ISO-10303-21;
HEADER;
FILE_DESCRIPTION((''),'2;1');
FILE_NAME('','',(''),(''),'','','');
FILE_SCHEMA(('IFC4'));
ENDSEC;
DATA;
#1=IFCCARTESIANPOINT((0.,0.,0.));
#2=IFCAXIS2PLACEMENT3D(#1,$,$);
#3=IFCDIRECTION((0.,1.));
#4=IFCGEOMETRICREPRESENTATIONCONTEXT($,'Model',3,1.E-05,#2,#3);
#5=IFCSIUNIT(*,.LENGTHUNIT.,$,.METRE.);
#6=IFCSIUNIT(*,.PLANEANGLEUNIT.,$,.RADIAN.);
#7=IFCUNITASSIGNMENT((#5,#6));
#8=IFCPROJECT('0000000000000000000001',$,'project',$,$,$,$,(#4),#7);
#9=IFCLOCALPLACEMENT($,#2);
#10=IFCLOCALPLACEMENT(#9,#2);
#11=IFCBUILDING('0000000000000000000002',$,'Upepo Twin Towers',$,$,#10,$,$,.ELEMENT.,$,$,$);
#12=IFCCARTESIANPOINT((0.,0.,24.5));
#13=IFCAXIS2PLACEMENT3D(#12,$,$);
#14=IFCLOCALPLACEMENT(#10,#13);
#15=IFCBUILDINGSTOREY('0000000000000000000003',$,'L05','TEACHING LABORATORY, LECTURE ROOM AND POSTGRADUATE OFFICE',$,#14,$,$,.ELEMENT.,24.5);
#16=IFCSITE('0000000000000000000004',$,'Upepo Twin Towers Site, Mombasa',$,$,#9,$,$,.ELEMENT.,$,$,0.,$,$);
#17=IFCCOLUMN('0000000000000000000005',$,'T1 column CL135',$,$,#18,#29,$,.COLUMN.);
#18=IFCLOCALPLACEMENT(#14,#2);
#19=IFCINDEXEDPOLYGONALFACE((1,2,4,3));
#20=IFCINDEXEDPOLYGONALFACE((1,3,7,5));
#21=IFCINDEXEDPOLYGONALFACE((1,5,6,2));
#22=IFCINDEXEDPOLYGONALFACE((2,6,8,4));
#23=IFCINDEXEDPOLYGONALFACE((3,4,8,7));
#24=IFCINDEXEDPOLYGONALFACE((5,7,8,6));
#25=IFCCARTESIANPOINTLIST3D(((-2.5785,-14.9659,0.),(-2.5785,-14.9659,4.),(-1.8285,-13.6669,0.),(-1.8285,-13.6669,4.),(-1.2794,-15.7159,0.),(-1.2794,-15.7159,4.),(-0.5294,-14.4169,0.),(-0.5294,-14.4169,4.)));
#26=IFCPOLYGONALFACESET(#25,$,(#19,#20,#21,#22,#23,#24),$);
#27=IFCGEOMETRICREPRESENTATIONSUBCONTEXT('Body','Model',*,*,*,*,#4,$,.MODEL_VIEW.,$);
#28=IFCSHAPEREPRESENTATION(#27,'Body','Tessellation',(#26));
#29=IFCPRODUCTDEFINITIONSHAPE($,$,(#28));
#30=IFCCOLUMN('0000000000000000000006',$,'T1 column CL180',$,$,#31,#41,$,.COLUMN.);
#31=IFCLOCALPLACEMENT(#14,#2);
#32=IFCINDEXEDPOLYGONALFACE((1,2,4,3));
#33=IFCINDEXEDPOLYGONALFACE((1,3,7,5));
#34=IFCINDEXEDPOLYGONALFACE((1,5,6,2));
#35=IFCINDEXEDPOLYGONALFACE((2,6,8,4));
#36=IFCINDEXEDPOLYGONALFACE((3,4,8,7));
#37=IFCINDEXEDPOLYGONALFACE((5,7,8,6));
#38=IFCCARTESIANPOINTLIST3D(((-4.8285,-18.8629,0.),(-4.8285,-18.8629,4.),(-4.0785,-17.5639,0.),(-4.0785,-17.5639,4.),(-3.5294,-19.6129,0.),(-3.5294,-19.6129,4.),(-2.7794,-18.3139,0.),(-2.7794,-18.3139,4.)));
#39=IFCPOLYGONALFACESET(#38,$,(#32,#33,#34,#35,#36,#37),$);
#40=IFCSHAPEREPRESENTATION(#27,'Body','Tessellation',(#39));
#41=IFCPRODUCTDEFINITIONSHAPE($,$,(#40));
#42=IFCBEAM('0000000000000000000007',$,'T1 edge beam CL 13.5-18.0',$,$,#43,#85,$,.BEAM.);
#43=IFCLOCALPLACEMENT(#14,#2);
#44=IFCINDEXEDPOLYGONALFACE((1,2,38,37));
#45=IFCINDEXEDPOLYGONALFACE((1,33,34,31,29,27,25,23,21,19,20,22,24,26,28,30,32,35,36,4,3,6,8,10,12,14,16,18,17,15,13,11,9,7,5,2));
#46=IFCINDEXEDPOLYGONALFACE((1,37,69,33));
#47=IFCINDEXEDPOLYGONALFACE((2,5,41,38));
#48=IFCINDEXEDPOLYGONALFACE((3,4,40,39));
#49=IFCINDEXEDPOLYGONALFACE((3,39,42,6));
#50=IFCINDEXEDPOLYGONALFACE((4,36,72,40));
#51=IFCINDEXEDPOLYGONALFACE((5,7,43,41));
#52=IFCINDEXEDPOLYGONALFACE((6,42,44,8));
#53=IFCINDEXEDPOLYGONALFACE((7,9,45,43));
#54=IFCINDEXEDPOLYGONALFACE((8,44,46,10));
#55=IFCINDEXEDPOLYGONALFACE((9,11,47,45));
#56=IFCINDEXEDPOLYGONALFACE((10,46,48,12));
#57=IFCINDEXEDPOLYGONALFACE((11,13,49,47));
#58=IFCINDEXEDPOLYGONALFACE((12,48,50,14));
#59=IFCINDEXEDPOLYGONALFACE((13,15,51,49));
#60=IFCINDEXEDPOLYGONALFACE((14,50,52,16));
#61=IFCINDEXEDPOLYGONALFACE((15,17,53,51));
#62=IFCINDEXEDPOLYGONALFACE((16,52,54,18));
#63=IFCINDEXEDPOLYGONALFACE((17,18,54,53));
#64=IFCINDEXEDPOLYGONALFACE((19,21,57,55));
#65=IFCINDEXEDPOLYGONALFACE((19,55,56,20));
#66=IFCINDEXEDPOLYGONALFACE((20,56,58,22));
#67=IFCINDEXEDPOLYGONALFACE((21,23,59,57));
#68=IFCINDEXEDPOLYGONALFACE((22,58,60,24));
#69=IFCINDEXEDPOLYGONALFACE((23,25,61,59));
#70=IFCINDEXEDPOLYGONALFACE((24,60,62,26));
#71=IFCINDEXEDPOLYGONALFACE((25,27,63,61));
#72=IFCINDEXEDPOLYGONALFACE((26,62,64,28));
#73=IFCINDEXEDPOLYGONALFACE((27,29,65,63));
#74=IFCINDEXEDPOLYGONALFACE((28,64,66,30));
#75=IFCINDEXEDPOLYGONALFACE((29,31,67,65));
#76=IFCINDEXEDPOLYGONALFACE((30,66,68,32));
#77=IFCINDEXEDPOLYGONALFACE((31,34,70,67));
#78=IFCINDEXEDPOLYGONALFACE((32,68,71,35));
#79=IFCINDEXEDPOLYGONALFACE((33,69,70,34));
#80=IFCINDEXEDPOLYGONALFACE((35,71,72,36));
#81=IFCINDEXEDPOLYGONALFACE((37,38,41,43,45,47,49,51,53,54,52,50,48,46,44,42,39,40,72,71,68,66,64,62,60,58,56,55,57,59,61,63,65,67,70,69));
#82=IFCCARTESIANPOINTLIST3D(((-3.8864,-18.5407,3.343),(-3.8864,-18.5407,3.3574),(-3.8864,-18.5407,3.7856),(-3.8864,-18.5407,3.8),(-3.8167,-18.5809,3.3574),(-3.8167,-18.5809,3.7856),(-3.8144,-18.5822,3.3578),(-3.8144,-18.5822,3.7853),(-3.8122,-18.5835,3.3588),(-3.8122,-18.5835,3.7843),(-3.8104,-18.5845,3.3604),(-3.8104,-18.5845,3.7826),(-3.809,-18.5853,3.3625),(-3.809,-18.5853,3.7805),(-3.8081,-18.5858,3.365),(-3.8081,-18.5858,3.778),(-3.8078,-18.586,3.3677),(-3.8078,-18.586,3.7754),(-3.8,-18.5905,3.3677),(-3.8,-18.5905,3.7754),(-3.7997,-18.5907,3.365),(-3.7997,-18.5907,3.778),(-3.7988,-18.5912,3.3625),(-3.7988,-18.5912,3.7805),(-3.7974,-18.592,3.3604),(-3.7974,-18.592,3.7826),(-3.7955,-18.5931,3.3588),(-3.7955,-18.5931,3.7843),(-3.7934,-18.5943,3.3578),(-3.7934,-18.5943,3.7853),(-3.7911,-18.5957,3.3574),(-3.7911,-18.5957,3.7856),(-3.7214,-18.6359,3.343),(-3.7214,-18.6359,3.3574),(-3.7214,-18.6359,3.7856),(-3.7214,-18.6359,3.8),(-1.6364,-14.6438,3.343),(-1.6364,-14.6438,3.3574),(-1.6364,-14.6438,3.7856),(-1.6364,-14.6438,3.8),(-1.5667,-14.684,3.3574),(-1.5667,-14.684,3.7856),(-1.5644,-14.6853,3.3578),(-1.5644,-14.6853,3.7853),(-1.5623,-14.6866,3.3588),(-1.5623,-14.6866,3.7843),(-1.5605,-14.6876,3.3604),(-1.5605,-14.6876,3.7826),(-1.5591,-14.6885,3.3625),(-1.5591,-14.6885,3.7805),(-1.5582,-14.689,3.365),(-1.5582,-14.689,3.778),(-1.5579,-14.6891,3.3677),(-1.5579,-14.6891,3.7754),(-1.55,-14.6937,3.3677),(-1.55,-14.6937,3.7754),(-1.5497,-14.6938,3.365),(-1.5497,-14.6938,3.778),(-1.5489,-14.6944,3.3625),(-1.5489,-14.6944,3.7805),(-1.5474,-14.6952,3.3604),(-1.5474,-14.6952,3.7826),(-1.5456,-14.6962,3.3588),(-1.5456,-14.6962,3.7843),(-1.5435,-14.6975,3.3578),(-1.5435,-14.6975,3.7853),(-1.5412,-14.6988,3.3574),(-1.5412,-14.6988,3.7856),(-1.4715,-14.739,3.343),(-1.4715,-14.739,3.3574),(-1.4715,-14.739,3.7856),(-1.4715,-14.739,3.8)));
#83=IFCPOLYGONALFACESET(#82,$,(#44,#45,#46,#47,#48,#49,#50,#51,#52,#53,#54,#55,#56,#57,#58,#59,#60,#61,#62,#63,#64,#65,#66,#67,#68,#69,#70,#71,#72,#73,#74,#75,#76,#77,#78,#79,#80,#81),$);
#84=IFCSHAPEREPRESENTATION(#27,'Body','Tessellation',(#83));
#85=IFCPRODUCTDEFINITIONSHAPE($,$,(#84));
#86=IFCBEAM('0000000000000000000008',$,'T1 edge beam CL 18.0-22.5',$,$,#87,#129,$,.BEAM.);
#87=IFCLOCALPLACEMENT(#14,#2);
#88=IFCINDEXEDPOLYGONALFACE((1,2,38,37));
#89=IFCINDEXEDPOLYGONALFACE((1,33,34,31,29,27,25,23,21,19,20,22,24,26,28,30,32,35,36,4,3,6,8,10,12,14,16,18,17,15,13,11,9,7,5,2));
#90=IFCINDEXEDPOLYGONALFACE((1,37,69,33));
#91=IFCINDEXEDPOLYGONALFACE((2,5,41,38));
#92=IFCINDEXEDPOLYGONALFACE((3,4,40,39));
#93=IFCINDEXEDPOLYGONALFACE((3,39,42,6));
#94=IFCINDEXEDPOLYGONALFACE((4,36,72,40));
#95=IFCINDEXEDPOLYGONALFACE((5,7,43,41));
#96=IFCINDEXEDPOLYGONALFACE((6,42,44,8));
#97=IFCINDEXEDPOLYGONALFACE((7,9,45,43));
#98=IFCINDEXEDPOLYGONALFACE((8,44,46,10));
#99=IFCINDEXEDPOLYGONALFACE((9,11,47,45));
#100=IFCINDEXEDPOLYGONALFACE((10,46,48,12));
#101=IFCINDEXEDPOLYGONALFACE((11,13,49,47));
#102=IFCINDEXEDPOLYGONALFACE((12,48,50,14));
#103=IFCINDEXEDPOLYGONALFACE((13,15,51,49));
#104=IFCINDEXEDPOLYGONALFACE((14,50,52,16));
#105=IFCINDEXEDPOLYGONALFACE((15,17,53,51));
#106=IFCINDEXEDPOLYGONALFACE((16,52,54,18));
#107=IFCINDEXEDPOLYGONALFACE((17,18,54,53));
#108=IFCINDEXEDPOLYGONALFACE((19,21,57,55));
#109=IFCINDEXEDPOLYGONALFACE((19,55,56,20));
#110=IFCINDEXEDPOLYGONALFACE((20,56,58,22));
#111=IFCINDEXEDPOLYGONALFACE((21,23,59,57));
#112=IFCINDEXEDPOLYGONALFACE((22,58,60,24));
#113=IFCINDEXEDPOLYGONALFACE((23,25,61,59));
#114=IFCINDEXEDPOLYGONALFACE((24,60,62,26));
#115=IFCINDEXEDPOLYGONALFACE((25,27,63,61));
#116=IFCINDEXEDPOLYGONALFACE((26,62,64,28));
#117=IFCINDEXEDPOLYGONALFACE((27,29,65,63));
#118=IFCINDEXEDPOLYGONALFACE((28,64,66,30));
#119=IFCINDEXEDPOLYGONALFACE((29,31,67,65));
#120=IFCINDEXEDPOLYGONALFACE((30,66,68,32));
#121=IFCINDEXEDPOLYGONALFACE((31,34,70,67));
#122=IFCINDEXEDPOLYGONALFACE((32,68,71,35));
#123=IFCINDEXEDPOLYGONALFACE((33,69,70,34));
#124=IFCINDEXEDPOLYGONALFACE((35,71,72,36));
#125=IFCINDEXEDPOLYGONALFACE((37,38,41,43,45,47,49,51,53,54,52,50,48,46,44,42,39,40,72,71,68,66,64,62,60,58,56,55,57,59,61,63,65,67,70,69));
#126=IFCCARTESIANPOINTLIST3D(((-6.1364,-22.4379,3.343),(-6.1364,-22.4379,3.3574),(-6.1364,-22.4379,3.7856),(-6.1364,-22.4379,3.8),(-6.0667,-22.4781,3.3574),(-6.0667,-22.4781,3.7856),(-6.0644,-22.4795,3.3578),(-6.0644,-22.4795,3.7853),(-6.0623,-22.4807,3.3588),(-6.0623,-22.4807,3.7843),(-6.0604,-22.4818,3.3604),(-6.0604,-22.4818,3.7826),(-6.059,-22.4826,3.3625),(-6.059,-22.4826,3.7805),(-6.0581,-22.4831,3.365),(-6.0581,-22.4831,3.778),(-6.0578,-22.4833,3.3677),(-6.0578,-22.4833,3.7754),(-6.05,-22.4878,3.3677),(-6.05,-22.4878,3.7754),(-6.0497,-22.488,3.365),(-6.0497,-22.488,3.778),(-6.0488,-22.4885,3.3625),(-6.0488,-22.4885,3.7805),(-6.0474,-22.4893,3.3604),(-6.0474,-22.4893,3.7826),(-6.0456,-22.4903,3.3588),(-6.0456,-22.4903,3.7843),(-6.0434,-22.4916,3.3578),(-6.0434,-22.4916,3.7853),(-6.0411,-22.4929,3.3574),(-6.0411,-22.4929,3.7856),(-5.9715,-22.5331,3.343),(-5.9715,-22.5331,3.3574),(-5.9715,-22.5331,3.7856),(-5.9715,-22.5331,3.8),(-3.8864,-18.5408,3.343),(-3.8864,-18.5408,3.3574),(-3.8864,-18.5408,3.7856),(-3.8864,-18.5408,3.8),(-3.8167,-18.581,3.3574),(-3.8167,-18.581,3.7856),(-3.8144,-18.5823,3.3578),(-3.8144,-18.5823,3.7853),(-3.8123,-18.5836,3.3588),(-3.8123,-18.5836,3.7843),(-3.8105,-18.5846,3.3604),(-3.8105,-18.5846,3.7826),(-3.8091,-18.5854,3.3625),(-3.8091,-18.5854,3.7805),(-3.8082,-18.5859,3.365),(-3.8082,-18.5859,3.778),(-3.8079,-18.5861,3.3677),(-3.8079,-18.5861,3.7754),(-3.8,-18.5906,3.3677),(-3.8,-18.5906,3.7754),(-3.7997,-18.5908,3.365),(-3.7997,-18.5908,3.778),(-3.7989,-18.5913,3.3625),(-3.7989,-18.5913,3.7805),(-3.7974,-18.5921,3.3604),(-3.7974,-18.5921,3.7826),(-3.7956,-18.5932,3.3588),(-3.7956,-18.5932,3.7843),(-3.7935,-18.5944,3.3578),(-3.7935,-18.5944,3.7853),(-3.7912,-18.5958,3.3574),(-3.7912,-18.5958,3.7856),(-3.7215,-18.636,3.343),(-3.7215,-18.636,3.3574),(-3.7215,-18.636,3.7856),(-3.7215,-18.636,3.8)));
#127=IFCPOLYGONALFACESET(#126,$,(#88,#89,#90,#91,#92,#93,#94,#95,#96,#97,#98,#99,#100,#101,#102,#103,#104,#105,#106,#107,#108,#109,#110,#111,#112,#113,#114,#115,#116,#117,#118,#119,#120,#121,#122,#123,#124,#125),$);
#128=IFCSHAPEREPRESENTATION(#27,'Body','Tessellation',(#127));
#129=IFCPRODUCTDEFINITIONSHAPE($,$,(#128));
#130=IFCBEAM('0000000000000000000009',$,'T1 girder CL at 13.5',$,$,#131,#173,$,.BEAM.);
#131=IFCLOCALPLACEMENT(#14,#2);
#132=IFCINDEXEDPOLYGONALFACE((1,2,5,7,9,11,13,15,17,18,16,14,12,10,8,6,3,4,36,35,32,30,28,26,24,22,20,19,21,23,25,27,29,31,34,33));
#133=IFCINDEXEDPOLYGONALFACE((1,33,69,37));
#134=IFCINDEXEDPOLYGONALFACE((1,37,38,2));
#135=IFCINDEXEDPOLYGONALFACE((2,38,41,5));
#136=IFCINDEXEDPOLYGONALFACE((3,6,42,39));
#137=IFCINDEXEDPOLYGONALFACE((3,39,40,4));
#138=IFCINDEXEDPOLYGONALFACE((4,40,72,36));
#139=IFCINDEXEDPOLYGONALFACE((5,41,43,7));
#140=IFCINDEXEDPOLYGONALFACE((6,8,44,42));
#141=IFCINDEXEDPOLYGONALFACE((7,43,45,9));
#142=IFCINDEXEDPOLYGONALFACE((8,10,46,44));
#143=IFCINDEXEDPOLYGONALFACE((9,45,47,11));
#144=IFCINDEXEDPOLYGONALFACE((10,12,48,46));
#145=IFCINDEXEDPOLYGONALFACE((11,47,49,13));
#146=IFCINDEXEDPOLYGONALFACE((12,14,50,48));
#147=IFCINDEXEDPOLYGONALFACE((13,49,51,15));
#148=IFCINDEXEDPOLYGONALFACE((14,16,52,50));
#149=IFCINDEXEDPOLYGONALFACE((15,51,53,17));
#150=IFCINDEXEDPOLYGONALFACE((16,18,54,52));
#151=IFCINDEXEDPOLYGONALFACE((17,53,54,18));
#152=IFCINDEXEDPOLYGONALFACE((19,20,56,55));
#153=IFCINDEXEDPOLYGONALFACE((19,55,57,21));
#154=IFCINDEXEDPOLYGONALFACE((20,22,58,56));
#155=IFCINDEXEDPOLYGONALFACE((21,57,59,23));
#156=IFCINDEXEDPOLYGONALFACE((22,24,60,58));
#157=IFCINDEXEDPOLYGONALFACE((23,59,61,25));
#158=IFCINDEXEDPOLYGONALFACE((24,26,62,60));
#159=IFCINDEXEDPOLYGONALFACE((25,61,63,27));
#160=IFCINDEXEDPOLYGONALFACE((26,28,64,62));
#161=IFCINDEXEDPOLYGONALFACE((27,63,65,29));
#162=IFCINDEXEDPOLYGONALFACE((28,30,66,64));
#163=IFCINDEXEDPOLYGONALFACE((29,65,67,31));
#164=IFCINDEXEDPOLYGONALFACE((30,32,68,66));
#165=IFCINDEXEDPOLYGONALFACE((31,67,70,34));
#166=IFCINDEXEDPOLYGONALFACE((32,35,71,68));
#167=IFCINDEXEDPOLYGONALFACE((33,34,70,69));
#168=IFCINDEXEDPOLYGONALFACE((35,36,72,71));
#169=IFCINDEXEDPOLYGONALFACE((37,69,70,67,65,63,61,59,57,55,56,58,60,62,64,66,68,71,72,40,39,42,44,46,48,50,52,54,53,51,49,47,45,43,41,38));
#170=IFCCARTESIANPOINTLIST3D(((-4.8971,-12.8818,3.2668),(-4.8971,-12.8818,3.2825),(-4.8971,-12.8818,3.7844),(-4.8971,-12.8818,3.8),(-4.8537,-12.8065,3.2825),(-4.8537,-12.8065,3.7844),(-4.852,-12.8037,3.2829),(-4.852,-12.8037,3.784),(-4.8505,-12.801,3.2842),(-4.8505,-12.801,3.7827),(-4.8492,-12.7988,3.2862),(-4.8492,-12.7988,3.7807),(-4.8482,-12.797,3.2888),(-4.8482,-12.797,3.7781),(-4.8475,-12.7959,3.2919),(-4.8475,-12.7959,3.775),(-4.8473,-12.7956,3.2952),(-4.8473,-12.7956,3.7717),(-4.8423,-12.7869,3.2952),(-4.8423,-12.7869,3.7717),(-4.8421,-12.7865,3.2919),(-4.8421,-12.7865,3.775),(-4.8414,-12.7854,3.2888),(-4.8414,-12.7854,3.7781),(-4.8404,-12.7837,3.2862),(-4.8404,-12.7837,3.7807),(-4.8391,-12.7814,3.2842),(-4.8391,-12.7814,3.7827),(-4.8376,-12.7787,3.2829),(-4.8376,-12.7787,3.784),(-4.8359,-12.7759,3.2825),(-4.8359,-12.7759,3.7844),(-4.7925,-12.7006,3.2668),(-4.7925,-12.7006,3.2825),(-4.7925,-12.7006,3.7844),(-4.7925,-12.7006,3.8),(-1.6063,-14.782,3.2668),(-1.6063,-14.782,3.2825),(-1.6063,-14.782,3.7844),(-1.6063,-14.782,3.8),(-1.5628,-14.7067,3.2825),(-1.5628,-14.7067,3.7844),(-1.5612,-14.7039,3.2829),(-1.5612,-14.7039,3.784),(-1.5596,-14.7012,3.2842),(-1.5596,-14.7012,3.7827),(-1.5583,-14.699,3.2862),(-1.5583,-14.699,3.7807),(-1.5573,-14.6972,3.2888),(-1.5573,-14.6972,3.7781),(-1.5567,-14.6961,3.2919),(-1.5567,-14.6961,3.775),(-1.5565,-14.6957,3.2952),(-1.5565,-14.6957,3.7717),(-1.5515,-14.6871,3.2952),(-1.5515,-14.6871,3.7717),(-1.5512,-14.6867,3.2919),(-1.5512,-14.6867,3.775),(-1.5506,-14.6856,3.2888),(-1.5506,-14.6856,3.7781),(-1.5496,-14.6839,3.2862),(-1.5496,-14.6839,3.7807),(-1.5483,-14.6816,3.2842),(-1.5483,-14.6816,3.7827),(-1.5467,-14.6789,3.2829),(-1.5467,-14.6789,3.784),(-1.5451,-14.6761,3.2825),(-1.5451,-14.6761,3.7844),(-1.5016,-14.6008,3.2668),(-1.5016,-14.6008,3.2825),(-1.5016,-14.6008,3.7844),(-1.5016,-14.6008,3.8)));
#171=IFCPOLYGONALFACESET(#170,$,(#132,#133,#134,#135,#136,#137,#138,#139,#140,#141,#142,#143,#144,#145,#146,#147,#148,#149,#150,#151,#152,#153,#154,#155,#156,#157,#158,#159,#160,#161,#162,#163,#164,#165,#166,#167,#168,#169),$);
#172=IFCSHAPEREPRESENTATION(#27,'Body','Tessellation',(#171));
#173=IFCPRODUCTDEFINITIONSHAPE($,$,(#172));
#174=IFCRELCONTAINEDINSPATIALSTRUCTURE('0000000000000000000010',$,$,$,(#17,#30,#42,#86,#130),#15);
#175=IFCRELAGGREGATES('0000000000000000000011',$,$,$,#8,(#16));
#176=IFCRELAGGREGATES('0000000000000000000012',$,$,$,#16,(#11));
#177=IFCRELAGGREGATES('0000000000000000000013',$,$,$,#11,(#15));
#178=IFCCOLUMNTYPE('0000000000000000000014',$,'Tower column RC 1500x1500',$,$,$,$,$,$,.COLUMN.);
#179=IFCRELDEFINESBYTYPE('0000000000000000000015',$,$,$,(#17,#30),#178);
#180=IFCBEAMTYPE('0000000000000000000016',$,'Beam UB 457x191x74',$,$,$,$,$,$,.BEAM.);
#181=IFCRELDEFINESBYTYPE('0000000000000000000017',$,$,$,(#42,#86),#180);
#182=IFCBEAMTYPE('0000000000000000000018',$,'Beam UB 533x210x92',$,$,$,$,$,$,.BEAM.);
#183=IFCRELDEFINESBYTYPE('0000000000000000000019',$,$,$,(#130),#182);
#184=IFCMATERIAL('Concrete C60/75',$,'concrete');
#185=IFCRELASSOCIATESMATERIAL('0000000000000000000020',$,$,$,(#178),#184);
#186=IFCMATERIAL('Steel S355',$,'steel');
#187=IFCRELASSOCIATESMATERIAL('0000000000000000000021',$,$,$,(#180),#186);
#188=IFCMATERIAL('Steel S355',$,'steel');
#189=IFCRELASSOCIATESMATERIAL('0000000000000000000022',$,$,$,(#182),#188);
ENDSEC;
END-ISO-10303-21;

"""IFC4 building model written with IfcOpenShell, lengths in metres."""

from ifc_helpers import new_model, si_unit, direction, frame, origin, origin_2d, place, context, subcontext, project, spatial, rectangle, i_section, extrude, material, material_profile, profile_set, type_object, element, save


model = new_model("IFC4")

# Units and contexts
model_context = context("Model", 3, precision=1e-05, world=origin(), true_north=direction((0.0, 1.0)))
body_context = subcontext(model_context, "Body", "Model", "MODEL_VIEW")
ifc_project = project(units=[si_unit("LENGTHUNIT", "METRE"), si_unit("PLANEANGLEUNIT", "RADIAN")], contexts=[model_context])

# Site, building, storey
site_placement = place(None, origin())
site = spatial("IfcSite", under=ifc_project, at=site_placement, Name="Upepo Twin Towers Site, Mombasa", CompositionType="ELEMENT", RefElevation=0.0)
building_placement = place(site_placement, origin())
building = spatial("IfcBuilding", under=site, at=building_placement, Name="Upepo Twin Towers", CompositionType="ELEMENT")
storey_placement = place(building_placement, frame((0.0, 0.0, 24.5)))
storey = spatial("IfcBuildingStorey", under=building, at=storey_placement, Name="L05", Description="TEACHING LABORATORY, LECTURE ROOM AND POSTGRADUATE OFFICE", CompositionType="ELEMENT", Elevation=24.5)

# Columns
ifc_material_1 = material(Name="Concrete C60/75", Category="concrete")
ifc_material_profile_1 = material_profile(ifc_material_1, rectangle(XDim=1.5, YDim=1.5, at=origin_2d()), Name="RC 1500x1500")
ifc_profile_set_1 = profile_set([ifc_material_profile_1], Name="Concrete C60/75")
column_type = type_object("IfcColumnType", Name="Tower column RC 1500x1500", PredefinedType="COLUMN", material=ifc_profile_set_1)
for number, where, z_axis, x_axis, name in (
    (1, (-1.554, -14.6914, 0.0), (0.0, 0.0, 1.0), (0.5, 0.866025, 0.0), "T1 column CL135"),
    (2, (-3.804, -18.5884, 0.0), (0.0, 0.0, 1.0), (0.5, 0.866025, 0.0), "T1 column CL180"),
):
    element("IfcColumn", number, at=place(storey_placement, frame(where, z_axis=z_axis, x_axis=x_axis)), inside=storey, type_object=column_type, Name=name, PredefinedType="COLUMN", context=body_context, shape_type="SweptSolid", body=[
        extrude(rectangle(XDim=1.5, YDim=1.5, at=origin_2d()), origin(), (0.0, 0.0, 1.0), 4.0),
    ])

# Beams
ifc_material_2 = material(Name="Steel S355", Category="steel")
ifc_material_profile_2 = material_profile(ifc_material_2, i_section(OverallWidth=0.1904, OverallDepth=0.457, WebThickness=0.009, FlangeThickness=0.0144, FilletRadius=0.0103, at=origin_2d()), Name="UB 457x191x74")
ifc_profile_set_2 = profile_set([ifc_material_profile_2], Name="Steel S355")
beam_type_1 = type_object("IfcBeamType", Name="Beam UB 457x191x74", PredefinedType="BEAM", material=ifc_profile_set_2)
beam_1_placement = place(storey_placement, frame((-1.554, -14.6914, 3.5715), z_axis=(-0.500014, -0.866018, 0.0), x_axis=(0.866018, -0.500014, 0.0)))
element("IfcBeam", 3, at=beam_1_placement, inside=storey, type_object=beam_type_1, Name="T1 edge beam CL 13.5-18.0", PredefinedType="BEAM", context=body_context, shape_type="SweptSolid", body=[
    extrude(i_section(OverallWidth=0.1904, OverallDepth=0.457, WebThickness=0.009, FlangeThickness=0.0144, FilletRadius=0.0103, at=origin_2d()), origin(), (0.0, 0.0, 1.0), 4.4998),
])
beam_2_placement = place(storey_placement, frame((-3.804, -18.5884, 3.5715), z_axis=(-0.49999, -0.866031, 0.0), x_axis=(0.866031, -0.49999, 0.0)))
element("IfcBeam", 4, at=beam_2_placement, inside=storey, type_object=beam_type_1, Name="T1 edge beam CL 18.0-22.5", PredefinedType="BEAM", context=body_context, shape_type="SweptSolid", body=[
    extrude(i_section(OverallWidth=0.1904, OverallDepth=0.457, WebThickness=0.009, FlangeThickness=0.0144, FilletRadius=0.0103, at=origin_2d()), origin(), (0.0, 0.0, 1.0), 4.5),
])
ifc_material_3 = material(Name="Steel S355", Category="steel")
ifc_material_profile_3 = material_profile(ifc_material_3, i_section(OverallWidth=0.2092, OverallDepth=0.5332, WebThickness=0.01, FlangeThickness=0.0156, FilletRadius=0.0127, at=origin_2d()), Name="UB 533x210x92")
ifc_profile_set_3 = profile_set([ifc_material_profile_3], Name="Steel S355")
beam_type_2 = type_object("IfcBeamType", Name="Beam UB 533x210x92", PredefinedType="BEAM", material=ifc_profile_set_3)
beam_3_placement = place(storey_placement, frame((-1.554, -14.6914, 3.5334), z_axis=(-0.866, 0.500043, 0.0), x_axis=(-0.500043, -0.866, 0.0)))
element("IfcBeam", 5, at=beam_3_placement, inside=storey, type_object=beam_type_2, Name="T1 girder CL at 13.5", PredefinedType="BEAM", context=body_context, shape_type="SweptSolid", body=[
    extrude(i_section(OverallWidth=0.2092, OverallDepth=0.5332, WebThickness=0.01, FlangeThickness=0.0156, FilletRadius=0.0127, at=origin_2d()), origin(), (0.0, 0.0, 1.0), 3.8),
])

save(model, "model.ifc")
